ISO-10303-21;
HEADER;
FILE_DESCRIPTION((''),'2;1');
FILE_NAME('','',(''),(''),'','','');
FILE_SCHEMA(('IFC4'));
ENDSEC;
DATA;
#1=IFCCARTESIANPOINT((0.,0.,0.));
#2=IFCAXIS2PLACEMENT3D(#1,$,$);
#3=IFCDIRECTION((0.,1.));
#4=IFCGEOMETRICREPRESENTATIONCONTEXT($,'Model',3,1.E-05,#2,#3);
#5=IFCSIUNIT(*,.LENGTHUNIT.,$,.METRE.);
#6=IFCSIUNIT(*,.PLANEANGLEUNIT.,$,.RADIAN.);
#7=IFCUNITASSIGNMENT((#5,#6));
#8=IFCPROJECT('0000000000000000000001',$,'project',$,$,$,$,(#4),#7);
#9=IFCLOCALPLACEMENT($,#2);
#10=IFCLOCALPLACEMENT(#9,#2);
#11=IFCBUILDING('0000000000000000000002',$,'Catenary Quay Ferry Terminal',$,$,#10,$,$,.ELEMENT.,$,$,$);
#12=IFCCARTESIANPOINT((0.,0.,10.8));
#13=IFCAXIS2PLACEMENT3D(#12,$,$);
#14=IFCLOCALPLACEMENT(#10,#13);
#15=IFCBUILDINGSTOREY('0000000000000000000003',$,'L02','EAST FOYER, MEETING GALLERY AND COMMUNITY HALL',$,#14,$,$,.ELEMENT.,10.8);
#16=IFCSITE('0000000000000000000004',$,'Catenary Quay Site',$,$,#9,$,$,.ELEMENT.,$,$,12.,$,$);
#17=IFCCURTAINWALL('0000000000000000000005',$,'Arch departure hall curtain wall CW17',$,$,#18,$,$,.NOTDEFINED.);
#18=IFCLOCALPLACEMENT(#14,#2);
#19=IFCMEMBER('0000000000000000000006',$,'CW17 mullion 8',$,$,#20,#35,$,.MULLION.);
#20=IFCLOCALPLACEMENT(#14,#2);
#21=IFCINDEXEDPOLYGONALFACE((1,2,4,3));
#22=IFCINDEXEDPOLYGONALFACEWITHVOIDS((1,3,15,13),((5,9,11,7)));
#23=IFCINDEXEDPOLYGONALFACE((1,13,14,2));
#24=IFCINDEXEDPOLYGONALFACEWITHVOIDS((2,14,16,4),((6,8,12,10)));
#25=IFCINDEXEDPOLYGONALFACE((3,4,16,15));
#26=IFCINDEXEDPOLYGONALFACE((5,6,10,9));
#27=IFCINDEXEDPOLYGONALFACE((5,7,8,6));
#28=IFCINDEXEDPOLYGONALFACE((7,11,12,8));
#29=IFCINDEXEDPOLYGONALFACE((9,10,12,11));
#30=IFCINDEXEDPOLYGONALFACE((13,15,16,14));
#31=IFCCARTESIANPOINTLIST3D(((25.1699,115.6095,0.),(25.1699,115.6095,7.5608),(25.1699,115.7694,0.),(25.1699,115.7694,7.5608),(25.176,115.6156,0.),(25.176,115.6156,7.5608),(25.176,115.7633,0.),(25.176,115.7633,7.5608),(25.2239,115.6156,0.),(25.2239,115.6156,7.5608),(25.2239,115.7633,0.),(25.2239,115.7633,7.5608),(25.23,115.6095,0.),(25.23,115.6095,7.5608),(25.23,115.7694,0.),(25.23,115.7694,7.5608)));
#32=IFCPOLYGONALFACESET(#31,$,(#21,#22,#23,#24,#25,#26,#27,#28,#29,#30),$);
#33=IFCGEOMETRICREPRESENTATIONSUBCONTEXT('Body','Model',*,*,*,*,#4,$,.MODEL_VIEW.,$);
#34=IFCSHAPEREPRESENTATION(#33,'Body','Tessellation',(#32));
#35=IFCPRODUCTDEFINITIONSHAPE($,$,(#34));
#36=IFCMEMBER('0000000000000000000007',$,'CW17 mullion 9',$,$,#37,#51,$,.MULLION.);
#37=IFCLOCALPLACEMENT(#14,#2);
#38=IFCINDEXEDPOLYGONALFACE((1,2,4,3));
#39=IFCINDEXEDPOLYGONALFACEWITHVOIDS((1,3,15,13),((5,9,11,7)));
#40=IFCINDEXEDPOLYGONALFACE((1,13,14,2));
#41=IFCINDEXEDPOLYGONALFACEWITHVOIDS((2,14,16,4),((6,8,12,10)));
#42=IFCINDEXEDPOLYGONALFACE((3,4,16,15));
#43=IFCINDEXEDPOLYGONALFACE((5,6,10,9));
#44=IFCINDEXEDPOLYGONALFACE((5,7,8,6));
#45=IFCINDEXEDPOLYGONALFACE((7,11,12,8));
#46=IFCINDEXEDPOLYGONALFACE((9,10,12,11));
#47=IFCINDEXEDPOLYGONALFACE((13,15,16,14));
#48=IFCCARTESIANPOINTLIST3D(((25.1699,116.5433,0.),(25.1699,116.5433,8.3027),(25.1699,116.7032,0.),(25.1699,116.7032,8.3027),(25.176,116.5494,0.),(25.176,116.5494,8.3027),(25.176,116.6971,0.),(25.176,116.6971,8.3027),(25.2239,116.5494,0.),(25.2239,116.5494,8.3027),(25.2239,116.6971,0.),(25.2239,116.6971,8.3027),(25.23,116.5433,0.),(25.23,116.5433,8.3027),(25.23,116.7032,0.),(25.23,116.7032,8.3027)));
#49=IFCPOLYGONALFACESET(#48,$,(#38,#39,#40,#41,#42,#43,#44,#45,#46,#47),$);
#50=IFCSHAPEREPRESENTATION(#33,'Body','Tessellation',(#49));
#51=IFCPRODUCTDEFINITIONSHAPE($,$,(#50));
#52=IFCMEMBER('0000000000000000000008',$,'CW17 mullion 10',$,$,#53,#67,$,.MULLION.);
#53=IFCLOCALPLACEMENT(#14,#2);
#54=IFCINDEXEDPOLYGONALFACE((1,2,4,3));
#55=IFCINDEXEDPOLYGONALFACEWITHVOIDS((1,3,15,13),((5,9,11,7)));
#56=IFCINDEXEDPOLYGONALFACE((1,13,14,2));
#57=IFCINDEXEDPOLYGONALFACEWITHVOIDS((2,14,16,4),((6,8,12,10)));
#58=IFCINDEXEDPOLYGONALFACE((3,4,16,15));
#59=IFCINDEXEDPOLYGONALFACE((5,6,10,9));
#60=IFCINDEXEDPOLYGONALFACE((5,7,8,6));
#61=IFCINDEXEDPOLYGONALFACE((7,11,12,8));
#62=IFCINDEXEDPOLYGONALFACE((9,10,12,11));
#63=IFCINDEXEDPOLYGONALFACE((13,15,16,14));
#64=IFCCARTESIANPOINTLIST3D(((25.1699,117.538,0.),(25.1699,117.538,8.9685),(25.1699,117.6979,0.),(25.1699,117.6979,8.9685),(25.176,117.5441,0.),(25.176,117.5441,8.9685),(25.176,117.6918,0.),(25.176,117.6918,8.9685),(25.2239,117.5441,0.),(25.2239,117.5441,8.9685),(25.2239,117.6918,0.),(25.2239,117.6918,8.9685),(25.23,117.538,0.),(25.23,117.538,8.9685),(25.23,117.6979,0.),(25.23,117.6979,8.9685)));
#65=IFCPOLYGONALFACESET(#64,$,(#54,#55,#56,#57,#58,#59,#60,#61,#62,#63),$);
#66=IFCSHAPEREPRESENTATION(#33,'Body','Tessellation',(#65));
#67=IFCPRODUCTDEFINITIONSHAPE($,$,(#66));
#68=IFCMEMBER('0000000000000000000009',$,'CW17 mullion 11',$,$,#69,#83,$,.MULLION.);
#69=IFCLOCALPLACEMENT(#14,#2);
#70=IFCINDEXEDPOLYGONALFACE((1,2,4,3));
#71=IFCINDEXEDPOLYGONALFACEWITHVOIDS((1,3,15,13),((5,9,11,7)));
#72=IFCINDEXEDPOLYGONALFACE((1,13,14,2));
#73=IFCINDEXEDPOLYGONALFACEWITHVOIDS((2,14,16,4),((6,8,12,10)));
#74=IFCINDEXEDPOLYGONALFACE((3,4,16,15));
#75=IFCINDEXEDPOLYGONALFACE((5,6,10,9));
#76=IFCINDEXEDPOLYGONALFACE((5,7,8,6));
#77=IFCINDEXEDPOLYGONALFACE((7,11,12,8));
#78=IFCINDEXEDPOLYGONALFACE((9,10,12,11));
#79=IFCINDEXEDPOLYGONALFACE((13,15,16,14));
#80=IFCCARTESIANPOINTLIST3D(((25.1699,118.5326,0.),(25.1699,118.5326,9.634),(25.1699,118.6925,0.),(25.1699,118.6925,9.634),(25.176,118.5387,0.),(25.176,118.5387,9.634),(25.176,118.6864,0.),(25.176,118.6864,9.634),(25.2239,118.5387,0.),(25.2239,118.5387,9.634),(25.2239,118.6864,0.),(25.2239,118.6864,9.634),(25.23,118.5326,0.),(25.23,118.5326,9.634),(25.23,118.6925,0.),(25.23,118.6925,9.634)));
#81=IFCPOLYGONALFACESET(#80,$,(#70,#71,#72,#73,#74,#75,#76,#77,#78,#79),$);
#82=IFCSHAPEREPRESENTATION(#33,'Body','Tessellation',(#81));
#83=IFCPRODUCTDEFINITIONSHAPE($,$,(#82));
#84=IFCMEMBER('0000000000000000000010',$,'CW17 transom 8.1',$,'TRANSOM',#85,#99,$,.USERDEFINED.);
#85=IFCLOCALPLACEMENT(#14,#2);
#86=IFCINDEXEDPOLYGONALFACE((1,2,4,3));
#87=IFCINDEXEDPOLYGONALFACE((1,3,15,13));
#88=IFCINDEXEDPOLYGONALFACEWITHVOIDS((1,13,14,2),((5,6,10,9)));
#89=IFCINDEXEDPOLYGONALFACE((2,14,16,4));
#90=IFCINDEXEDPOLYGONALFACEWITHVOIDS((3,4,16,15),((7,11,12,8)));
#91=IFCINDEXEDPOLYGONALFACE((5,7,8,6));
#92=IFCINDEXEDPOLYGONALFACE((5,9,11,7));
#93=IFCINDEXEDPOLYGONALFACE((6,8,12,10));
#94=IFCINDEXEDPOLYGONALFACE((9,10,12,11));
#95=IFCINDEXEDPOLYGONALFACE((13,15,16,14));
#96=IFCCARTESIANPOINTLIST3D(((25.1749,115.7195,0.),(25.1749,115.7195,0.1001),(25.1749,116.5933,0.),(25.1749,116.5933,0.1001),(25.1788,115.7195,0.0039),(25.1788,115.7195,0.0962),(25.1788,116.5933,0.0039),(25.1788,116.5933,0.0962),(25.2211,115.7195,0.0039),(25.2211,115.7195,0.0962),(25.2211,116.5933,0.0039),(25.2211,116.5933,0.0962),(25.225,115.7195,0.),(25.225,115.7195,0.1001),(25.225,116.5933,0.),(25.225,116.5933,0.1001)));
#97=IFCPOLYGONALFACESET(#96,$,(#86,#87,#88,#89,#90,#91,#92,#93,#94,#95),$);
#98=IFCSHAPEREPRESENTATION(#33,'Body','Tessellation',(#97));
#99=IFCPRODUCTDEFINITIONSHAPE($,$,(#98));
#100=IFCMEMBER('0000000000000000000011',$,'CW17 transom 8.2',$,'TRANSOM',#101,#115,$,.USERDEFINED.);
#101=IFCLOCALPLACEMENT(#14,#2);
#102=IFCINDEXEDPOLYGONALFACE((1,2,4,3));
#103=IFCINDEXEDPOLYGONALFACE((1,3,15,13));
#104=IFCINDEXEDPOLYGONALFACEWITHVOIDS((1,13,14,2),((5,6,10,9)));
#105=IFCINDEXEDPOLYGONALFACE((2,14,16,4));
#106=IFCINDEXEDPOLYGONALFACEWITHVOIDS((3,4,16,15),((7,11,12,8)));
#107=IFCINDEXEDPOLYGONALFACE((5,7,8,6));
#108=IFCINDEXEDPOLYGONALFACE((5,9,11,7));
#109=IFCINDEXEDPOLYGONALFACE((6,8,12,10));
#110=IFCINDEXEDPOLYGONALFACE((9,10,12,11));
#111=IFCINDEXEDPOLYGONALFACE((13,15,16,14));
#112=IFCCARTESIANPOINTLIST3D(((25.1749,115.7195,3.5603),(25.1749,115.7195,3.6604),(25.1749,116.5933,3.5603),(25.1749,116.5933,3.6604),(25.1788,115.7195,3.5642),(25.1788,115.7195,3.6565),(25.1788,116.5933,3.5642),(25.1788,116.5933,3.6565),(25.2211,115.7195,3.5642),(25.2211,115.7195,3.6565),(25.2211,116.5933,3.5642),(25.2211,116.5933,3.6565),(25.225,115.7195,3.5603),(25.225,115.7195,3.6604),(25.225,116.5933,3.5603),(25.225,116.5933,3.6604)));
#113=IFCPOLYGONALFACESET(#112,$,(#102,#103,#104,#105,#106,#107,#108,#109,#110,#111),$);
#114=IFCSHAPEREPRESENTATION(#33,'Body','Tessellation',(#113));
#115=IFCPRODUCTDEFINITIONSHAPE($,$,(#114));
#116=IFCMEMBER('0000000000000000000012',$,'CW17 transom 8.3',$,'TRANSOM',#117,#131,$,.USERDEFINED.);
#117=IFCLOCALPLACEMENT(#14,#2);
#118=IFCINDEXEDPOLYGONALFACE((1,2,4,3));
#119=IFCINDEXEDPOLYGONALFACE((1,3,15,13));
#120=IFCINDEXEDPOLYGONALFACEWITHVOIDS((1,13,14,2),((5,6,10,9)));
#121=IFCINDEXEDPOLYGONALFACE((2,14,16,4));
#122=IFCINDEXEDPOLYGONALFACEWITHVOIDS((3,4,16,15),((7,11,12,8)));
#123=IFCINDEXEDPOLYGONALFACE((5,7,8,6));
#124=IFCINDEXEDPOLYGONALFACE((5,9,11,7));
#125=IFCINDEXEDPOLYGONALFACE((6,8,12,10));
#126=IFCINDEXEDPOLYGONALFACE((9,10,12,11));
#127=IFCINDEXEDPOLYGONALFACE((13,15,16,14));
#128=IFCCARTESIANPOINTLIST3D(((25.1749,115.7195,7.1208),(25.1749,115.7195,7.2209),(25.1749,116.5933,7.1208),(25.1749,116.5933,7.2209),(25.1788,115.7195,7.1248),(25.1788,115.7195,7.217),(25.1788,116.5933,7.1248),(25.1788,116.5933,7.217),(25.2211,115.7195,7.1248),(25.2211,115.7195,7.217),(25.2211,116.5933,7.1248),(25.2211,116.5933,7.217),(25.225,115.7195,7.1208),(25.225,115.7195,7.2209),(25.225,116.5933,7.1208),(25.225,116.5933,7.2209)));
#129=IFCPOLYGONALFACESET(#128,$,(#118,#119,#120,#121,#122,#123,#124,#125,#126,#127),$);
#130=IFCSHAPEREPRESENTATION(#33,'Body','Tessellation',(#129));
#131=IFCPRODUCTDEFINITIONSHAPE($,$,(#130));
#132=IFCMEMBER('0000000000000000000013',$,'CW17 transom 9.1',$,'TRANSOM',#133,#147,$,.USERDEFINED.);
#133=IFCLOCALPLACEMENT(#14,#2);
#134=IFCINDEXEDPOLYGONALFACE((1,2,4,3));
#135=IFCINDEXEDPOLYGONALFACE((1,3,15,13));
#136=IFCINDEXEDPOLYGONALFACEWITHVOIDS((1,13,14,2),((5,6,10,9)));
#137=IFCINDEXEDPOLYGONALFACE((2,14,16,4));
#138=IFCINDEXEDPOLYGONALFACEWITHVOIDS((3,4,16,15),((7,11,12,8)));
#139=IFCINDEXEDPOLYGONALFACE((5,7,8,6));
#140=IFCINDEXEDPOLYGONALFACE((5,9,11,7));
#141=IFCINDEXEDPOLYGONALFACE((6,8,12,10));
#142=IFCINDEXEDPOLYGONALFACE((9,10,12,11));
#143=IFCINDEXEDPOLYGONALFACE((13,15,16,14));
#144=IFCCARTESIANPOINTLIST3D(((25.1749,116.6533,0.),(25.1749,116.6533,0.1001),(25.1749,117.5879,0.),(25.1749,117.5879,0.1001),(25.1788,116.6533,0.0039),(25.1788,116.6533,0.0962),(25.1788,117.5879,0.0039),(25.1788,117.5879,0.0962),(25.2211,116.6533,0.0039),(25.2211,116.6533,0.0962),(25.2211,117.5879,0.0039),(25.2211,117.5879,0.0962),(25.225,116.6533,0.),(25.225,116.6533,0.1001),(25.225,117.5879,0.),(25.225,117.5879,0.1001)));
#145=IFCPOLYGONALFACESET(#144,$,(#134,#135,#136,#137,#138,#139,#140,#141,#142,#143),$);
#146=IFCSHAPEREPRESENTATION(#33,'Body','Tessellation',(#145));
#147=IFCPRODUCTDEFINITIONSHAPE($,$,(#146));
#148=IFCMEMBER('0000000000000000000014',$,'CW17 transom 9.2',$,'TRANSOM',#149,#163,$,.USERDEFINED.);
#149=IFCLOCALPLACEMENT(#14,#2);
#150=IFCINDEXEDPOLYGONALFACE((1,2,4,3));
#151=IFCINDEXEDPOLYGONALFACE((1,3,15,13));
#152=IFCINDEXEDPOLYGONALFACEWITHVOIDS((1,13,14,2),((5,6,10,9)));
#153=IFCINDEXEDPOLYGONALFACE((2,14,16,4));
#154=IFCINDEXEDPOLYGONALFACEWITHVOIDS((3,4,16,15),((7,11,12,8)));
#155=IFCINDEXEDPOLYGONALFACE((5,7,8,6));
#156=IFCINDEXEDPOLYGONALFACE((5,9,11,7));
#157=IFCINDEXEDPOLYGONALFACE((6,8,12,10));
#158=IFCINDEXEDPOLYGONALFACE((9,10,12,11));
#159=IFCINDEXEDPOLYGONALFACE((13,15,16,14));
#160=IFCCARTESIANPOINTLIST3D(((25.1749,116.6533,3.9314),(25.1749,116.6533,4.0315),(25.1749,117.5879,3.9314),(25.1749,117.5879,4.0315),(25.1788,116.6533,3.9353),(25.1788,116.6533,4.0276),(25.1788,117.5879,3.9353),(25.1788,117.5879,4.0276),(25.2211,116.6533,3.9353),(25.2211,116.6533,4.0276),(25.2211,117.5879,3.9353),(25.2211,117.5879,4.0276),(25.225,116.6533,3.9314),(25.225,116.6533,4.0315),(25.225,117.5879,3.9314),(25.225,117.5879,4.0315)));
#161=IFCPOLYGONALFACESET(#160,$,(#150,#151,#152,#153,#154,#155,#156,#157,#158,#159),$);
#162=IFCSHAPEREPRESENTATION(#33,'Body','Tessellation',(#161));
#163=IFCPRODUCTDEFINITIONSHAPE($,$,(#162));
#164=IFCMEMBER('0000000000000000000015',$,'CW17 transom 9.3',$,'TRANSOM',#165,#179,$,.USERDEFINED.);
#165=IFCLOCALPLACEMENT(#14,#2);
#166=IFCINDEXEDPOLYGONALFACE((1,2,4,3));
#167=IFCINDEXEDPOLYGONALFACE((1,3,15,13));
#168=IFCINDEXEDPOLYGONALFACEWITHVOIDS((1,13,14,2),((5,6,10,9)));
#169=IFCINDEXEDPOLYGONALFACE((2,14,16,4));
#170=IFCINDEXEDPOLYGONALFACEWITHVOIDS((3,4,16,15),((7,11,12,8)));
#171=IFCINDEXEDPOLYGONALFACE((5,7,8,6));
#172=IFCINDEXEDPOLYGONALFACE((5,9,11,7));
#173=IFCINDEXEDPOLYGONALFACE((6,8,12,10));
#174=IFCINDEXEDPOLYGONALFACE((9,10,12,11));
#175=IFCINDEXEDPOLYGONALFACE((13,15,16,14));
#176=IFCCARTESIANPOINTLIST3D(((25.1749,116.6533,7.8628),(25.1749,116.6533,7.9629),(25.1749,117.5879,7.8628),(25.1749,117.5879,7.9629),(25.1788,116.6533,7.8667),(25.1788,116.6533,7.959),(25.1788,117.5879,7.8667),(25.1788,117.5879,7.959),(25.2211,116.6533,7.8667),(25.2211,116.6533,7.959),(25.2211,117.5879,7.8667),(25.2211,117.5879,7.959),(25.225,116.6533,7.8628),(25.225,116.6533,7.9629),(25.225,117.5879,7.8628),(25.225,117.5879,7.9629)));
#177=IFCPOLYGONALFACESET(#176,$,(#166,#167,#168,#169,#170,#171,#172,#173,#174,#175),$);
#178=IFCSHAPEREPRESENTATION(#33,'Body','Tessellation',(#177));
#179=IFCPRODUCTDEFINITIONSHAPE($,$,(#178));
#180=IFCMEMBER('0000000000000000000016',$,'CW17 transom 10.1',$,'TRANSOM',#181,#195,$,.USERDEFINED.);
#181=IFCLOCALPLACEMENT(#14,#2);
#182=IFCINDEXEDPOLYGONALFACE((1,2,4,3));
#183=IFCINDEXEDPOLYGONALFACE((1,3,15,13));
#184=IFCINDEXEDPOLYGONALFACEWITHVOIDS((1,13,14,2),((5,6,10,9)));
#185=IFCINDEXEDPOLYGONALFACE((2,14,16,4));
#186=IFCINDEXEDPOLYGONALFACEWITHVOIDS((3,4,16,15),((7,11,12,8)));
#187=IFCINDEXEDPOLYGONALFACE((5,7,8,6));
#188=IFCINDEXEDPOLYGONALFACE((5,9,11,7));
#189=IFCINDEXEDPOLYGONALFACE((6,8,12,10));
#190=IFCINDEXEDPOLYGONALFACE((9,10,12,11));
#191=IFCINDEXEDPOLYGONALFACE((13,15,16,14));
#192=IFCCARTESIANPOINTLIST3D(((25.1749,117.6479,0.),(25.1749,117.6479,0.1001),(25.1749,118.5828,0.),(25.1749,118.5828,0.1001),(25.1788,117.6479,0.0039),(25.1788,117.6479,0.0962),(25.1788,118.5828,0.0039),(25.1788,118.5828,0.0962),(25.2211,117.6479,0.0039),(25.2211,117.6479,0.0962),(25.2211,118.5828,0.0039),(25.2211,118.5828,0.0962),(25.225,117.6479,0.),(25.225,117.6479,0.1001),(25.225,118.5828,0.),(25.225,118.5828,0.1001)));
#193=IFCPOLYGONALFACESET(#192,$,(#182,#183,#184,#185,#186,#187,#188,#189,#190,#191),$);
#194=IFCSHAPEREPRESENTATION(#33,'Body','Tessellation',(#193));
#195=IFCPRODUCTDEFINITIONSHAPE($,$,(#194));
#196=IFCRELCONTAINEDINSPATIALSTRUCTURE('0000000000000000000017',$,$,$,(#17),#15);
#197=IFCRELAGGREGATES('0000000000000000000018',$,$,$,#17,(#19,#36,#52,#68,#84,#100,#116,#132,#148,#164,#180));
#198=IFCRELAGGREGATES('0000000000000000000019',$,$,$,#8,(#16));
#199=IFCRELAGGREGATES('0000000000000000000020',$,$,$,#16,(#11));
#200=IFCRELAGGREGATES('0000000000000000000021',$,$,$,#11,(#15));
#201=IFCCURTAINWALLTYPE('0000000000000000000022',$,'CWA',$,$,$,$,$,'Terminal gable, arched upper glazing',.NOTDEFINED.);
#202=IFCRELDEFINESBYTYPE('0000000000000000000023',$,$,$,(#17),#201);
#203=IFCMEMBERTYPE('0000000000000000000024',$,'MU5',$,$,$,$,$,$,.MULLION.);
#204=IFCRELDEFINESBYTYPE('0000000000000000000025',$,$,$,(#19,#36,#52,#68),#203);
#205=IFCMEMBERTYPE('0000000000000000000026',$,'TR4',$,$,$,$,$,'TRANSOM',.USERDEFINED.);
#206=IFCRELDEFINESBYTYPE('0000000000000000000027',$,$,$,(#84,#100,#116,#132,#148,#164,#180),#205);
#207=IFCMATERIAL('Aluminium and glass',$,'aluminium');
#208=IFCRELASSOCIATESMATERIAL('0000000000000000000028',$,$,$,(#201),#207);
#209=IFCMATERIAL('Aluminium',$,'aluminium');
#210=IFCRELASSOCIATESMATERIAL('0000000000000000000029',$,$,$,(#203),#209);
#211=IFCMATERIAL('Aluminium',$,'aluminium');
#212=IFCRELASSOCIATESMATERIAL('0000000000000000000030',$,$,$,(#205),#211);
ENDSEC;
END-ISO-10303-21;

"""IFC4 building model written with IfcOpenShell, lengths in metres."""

from ifc_helpers import new_model, si_unit, direction, frame, origin, origin_2d, place, context, subcontext, project, spatial, hollow_rectangle, extrude, material, material_profile, profile_set, type_object, element, aggregate, save


model = new_model("IFC4")

# Units and contexts
model_context = context("Model", 3, precision=1e-05, world=origin(), true_north=direction((0.0, 1.0)))
body_context = subcontext(model_context, "Body", "Model", "MODEL_VIEW")
ifc_project = project(units=[si_unit("LENGTHUNIT", "METRE"), si_unit("PLANEANGLEUNIT", "RADIAN")], contexts=[model_context])

# Site, building, storey
site_placement = place(None, origin())
site = spatial("IfcSite", under=ifc_project, at=site_placement, Name="Catenary Quay Site", CompositionType="ELEMENT", RefElevation=12.0)
building_placement = place(site_placement, origin())
building = spatial("IfcBuilding", under=site, at=building_placement, Name="Catenary Quay Ferry Terminal", CompositionType="ELEMENT")
storey_placement = place(building_placement, frame((0.0, 0.0, 10.8)))
storey = spatial("IfcBuildingStorey", under=building, at=storey_placement, Name="L02", Description="EAST FOYER, MEETING GALLERY AND COMMUNITY HALL", CompositionType="ELEMENT", Elevation=10.8)

# Curtain wall, members
ifc_material_1 = material(Name="Aluminium and glass", Category="aluminium")
curtain_wall_type = type_object("IfcCurtainWallType", Name="CWA", ElementType="Terminal gable, arched upper glazing", PredefinedType="NOTDEFINED", material=ifc_material_1)
curtain_wall_placement = place(storey_placement, origin())
curtain_wall = element("IfcCurtainWall", 1, at=curtain_wall_placement, inside=storey, type_object=curtain_wall_type, Name="Arch departure hall curtain wall CW17", PredefinedType="NOTDEFINED")
ifc_material_2 = material(Name="Aluminium", Category="aluminium")
ifc_material_profile_1 = material_profile(ifc_material_2, hollow_rectangle(XDim=0.0601, YDim=0.1599, WallThickness=0.0061, at=origin_2d()), Name="MU5")
ifc_profile_set_1 = profile_set([ifc_material_profile_1], Name="Aluminium")
member_type_1 = type_object("IfcMemberType", Name="MU5", PredefinedType="MULLION", material=ifc_profile_set_1)
member_1_placement = place(storey_placement, frame((25.2, 115.6895, 0.0), z_axis=(0.0, 0.0, 1.0), x_axis=(-1.0, 0.0, 0.0)))
member_1 = element("IfcMember", 2, at=member_1_placement, type_object=member_type_1, Name="CW17 mullion 8", PredefinedType="MULLION", context=body_context, shape_type="SweptSolid", body=[
    extrude(hollow_rectangle(XDim=0.0601, YDim=0.1599, WallThickness=0.0061, at=origin_2d()), origin(), (0.0, 0.0, 1.0), 7.5608),
])
member_2_placement = place(storey_placement, frame((25.2, 116.6233, 0.0), z_axis=(0.0, 0.0, 1.0), x_axis=(-1.0, 0.0, 0.0)))
member_2 = element("IfcMember", 3, at=member_2_placement, type_object=member_type_1, Name="CW17 mullion 9", PredefinedType="MULLION", context=body_context, shape_type="SweptSolid", body=[
    extrude(hollow_rectangle(XDim=0.0601, YDim=0.1599, WallThickness=0.0061, at=origin_2d()), origin(), (0.0, 0.0, 1.0), 8.3027),
])
member_3_placement = place(storey_placement, frame((25.2, 117.6179, 0.0), z_axis=(0.0, 0.0, 1.0), x_axis=(-1.0, 0.0, 0.0)))
member_3 = element("IfcMember", 4, at=member_3_placement, type_object=member_type_1, Name="CW17 mullion 10", PredefinedType="MULLION", context=body_context, shape_type="SweptSolid", body=[
    extrude(hollow_rectangle(XDim=0.0601, YDim=0.1599, WallThickness=0.0061, at=origin_2d()), origin(), (0.0, 0.0, 1.0), 8.9685),
])
member_4_placement = place(storey_placement, frame((25.2, 118.6125, 0.0), z_axis=(0.0, 0.0, 1.0), x_axis=(-1.0, 0.0, 0.0)))
member_4 = element("IfcMember", 5, at=member_4_placement, type_object=member_type_1, Name="CW17 mullion 11", PredefinedType="MULLION", context=body_context, shape_type="SweptSolid", body=[
    extrude(hollow_rectangle(XDim=0.0601, YDim=0.1599, WallThickness=0.0061, at=origin_2d()), origin(), (0.0, 0.0, 1.0), 9.634),
])
ifc_material_3 = material(Name="Aluminium", Category="aluminium")
ifc_material_profile_2 = material_profile(ifc_material_3, hollow_rectangle(XDim=0.05, YDim=0.1001, WallThickness=0.0039, at=origin_2d()), Name="TR4")
ifc_profile_set_2 = profile_set([ifc_material_profile_2], Name="Aluminium")
member_type_2 = type_object("IfcMemberType", Name="TR4", ElementType="TRANSOM", PredefinedType="USERDEFINED", material=ifc_profile_set_2)
member_5_placement = place(storey_placement, frame((25.2, 115.7195, 0.05), z_axis=(0.0, 1.0, 0.0), x_axis=(-1.0, 0.0, 0.0)))
member_5 = element("IfcMember", 6, at=member_5_placement, type_object=member_type_2, Name="CW17 transom 8.1", ObjectType="TRANSOM", PredefinedType="USERDEFINED", context=body_context, shape_type="SweptSolid", body=[
    extrude(hollow_rectangle(XDim=0.05, YDim=0.1001, WallThickness=0.0039, at=origin_2d()), origin(), (0.0, 0.0, 1.0), 0.8738),
])
member_6_placement = place(storey_placement, frame((25.2, 115.7195, 3.6104), z_axis=(0.0, 1.0, 0.0), x_axis=(-1.0, 0.0, 0.0)))
member_6 = element("IfcMember", 7, at=member_6_placement, type_object=member_type_2, Name="CW17 transom 8.2", ObjectType="TRANSOM", PredefinedType="USERDEFINED", context=body_context, shape_type="SweptSolid", body=[
    extrude(hollow_rectangle(XDim=0.05, YDim=0.1001, WallThickness=0.0039, at=origin_2d()), origin(), (0.0, 0.0, 1.0), 0.8738),
])
member_7_placement = place(storey_placement, frame((25.2, 115.7195, 7.1709), z_axis=(0.0, 1.0, 0.0), x_axis=(-1.0, 0.0, 0.0)))
member_7 = element("IfcMember", 8, at=member_7_placement, type_object=member_type_2, Name="CW17 transom 8.3", ObjectType="TRANSOM", PredefinedType="USERDEFINED", context=body_context, shape_type="SweptSolid", body=[
    extrude(hollow_rectangle(XDim=0.05, YDim=0.1001, WallThickness=0.0039, at=origin_2d()), origin(), (0.0, 0.0, 1.0), 0.8738),
])
member_8_placement = place(storey_placement, frame((25.2, 116.6533, 0.05), z_axis=(0.0, 1.0, 0.0), x_axis=(-1.0, 0.0, 0.0)))
member_8 = element("IfcMember", 9, at=member_8_placement, type_object=member_type_2, Name="CW17 transom 9.1", ObjectType="TRANSOM", PredefinedType="USERDEFINED", context=body_context, shape_type="SweptSolid", body=[
    extrude(hollow_rectangle(XDim=0.05, YDim=0.1001, WallThickness=0.0039, at=origin_2d()), origin(), (0.0, 0.0, 1.0), 0.9346),
])
member_9_placement = place(storey_placement, frame((25.2, 116.6533, 3.9814), z_axis=(0.0, 1.0, 0.0), x_axis=(-1.0, 0.0, 0.0)))
member_9 = element("IfcMember", 10, at=member_9_placement, type_object=member_type_2, Name="CW17 transom 9.2", ObjectType="TRANSOM", PredefinedType="USERDEFINED", context=body_context, shape_type="SweptSolid", body=[
    extrude(hollow_rectangle(XDim=0.05, YDim=0.1001, WallThickness=0.0039, at=origin_2d()), origin(), (0.0, 0.0, 1.0), 0.9346),
])
member_10_placement = place(storey_placement, frame((25.2, 116.6533, 7.9128), z_axis=(0.0, 1.0, 0.0), x_axis=(-1.0, 0.0, 0.0)))
member_10 = element("IfcMember", 11, at=member_10_placement, type_object=member_type_2, Name="CW17 transom 9.3", ObjectType="TRANSOM", PredefinedType="USERDEFINED", context=body_context, shape_type="SweptSolid", body=[
    extrude(hollow_rectangle(XDim=0.05, YDim=0.1001, WallThickness=0.0039, at=origin_2d()), origin(), (0.0, 0.0, 1.0), 0.9346),
])
member_11_placement = place(storey_placement, frame((25.2, 117.6479, 0.05), z_axis=(0.0, 1.0, 0.0), x_axis=(-1.0, 0.0, 0.0)))
member_11 = element("IfcMember", 12, at=member_11_placement, type_object=member_type_2, Name="CW17 transom 10.1", ObjectType="TRANSOM", PredefinedType="USERDEFINED", context=body_context, shape_type="SweptSolid", body=[
    extrude(hollow_rectangle(XDim=0.05, YDim=0.1001, WallThickness=0.0039, at=origin_2d()), origin(), (0.0, 0.0, 1.0), 0.9348),
])
aggregate(curtain_wall, [member_1, member_2, member_3, member_4, member_5, member_6, member_7, member_8, member_9, member_10, member_11])

save(model, "model.ifc")
